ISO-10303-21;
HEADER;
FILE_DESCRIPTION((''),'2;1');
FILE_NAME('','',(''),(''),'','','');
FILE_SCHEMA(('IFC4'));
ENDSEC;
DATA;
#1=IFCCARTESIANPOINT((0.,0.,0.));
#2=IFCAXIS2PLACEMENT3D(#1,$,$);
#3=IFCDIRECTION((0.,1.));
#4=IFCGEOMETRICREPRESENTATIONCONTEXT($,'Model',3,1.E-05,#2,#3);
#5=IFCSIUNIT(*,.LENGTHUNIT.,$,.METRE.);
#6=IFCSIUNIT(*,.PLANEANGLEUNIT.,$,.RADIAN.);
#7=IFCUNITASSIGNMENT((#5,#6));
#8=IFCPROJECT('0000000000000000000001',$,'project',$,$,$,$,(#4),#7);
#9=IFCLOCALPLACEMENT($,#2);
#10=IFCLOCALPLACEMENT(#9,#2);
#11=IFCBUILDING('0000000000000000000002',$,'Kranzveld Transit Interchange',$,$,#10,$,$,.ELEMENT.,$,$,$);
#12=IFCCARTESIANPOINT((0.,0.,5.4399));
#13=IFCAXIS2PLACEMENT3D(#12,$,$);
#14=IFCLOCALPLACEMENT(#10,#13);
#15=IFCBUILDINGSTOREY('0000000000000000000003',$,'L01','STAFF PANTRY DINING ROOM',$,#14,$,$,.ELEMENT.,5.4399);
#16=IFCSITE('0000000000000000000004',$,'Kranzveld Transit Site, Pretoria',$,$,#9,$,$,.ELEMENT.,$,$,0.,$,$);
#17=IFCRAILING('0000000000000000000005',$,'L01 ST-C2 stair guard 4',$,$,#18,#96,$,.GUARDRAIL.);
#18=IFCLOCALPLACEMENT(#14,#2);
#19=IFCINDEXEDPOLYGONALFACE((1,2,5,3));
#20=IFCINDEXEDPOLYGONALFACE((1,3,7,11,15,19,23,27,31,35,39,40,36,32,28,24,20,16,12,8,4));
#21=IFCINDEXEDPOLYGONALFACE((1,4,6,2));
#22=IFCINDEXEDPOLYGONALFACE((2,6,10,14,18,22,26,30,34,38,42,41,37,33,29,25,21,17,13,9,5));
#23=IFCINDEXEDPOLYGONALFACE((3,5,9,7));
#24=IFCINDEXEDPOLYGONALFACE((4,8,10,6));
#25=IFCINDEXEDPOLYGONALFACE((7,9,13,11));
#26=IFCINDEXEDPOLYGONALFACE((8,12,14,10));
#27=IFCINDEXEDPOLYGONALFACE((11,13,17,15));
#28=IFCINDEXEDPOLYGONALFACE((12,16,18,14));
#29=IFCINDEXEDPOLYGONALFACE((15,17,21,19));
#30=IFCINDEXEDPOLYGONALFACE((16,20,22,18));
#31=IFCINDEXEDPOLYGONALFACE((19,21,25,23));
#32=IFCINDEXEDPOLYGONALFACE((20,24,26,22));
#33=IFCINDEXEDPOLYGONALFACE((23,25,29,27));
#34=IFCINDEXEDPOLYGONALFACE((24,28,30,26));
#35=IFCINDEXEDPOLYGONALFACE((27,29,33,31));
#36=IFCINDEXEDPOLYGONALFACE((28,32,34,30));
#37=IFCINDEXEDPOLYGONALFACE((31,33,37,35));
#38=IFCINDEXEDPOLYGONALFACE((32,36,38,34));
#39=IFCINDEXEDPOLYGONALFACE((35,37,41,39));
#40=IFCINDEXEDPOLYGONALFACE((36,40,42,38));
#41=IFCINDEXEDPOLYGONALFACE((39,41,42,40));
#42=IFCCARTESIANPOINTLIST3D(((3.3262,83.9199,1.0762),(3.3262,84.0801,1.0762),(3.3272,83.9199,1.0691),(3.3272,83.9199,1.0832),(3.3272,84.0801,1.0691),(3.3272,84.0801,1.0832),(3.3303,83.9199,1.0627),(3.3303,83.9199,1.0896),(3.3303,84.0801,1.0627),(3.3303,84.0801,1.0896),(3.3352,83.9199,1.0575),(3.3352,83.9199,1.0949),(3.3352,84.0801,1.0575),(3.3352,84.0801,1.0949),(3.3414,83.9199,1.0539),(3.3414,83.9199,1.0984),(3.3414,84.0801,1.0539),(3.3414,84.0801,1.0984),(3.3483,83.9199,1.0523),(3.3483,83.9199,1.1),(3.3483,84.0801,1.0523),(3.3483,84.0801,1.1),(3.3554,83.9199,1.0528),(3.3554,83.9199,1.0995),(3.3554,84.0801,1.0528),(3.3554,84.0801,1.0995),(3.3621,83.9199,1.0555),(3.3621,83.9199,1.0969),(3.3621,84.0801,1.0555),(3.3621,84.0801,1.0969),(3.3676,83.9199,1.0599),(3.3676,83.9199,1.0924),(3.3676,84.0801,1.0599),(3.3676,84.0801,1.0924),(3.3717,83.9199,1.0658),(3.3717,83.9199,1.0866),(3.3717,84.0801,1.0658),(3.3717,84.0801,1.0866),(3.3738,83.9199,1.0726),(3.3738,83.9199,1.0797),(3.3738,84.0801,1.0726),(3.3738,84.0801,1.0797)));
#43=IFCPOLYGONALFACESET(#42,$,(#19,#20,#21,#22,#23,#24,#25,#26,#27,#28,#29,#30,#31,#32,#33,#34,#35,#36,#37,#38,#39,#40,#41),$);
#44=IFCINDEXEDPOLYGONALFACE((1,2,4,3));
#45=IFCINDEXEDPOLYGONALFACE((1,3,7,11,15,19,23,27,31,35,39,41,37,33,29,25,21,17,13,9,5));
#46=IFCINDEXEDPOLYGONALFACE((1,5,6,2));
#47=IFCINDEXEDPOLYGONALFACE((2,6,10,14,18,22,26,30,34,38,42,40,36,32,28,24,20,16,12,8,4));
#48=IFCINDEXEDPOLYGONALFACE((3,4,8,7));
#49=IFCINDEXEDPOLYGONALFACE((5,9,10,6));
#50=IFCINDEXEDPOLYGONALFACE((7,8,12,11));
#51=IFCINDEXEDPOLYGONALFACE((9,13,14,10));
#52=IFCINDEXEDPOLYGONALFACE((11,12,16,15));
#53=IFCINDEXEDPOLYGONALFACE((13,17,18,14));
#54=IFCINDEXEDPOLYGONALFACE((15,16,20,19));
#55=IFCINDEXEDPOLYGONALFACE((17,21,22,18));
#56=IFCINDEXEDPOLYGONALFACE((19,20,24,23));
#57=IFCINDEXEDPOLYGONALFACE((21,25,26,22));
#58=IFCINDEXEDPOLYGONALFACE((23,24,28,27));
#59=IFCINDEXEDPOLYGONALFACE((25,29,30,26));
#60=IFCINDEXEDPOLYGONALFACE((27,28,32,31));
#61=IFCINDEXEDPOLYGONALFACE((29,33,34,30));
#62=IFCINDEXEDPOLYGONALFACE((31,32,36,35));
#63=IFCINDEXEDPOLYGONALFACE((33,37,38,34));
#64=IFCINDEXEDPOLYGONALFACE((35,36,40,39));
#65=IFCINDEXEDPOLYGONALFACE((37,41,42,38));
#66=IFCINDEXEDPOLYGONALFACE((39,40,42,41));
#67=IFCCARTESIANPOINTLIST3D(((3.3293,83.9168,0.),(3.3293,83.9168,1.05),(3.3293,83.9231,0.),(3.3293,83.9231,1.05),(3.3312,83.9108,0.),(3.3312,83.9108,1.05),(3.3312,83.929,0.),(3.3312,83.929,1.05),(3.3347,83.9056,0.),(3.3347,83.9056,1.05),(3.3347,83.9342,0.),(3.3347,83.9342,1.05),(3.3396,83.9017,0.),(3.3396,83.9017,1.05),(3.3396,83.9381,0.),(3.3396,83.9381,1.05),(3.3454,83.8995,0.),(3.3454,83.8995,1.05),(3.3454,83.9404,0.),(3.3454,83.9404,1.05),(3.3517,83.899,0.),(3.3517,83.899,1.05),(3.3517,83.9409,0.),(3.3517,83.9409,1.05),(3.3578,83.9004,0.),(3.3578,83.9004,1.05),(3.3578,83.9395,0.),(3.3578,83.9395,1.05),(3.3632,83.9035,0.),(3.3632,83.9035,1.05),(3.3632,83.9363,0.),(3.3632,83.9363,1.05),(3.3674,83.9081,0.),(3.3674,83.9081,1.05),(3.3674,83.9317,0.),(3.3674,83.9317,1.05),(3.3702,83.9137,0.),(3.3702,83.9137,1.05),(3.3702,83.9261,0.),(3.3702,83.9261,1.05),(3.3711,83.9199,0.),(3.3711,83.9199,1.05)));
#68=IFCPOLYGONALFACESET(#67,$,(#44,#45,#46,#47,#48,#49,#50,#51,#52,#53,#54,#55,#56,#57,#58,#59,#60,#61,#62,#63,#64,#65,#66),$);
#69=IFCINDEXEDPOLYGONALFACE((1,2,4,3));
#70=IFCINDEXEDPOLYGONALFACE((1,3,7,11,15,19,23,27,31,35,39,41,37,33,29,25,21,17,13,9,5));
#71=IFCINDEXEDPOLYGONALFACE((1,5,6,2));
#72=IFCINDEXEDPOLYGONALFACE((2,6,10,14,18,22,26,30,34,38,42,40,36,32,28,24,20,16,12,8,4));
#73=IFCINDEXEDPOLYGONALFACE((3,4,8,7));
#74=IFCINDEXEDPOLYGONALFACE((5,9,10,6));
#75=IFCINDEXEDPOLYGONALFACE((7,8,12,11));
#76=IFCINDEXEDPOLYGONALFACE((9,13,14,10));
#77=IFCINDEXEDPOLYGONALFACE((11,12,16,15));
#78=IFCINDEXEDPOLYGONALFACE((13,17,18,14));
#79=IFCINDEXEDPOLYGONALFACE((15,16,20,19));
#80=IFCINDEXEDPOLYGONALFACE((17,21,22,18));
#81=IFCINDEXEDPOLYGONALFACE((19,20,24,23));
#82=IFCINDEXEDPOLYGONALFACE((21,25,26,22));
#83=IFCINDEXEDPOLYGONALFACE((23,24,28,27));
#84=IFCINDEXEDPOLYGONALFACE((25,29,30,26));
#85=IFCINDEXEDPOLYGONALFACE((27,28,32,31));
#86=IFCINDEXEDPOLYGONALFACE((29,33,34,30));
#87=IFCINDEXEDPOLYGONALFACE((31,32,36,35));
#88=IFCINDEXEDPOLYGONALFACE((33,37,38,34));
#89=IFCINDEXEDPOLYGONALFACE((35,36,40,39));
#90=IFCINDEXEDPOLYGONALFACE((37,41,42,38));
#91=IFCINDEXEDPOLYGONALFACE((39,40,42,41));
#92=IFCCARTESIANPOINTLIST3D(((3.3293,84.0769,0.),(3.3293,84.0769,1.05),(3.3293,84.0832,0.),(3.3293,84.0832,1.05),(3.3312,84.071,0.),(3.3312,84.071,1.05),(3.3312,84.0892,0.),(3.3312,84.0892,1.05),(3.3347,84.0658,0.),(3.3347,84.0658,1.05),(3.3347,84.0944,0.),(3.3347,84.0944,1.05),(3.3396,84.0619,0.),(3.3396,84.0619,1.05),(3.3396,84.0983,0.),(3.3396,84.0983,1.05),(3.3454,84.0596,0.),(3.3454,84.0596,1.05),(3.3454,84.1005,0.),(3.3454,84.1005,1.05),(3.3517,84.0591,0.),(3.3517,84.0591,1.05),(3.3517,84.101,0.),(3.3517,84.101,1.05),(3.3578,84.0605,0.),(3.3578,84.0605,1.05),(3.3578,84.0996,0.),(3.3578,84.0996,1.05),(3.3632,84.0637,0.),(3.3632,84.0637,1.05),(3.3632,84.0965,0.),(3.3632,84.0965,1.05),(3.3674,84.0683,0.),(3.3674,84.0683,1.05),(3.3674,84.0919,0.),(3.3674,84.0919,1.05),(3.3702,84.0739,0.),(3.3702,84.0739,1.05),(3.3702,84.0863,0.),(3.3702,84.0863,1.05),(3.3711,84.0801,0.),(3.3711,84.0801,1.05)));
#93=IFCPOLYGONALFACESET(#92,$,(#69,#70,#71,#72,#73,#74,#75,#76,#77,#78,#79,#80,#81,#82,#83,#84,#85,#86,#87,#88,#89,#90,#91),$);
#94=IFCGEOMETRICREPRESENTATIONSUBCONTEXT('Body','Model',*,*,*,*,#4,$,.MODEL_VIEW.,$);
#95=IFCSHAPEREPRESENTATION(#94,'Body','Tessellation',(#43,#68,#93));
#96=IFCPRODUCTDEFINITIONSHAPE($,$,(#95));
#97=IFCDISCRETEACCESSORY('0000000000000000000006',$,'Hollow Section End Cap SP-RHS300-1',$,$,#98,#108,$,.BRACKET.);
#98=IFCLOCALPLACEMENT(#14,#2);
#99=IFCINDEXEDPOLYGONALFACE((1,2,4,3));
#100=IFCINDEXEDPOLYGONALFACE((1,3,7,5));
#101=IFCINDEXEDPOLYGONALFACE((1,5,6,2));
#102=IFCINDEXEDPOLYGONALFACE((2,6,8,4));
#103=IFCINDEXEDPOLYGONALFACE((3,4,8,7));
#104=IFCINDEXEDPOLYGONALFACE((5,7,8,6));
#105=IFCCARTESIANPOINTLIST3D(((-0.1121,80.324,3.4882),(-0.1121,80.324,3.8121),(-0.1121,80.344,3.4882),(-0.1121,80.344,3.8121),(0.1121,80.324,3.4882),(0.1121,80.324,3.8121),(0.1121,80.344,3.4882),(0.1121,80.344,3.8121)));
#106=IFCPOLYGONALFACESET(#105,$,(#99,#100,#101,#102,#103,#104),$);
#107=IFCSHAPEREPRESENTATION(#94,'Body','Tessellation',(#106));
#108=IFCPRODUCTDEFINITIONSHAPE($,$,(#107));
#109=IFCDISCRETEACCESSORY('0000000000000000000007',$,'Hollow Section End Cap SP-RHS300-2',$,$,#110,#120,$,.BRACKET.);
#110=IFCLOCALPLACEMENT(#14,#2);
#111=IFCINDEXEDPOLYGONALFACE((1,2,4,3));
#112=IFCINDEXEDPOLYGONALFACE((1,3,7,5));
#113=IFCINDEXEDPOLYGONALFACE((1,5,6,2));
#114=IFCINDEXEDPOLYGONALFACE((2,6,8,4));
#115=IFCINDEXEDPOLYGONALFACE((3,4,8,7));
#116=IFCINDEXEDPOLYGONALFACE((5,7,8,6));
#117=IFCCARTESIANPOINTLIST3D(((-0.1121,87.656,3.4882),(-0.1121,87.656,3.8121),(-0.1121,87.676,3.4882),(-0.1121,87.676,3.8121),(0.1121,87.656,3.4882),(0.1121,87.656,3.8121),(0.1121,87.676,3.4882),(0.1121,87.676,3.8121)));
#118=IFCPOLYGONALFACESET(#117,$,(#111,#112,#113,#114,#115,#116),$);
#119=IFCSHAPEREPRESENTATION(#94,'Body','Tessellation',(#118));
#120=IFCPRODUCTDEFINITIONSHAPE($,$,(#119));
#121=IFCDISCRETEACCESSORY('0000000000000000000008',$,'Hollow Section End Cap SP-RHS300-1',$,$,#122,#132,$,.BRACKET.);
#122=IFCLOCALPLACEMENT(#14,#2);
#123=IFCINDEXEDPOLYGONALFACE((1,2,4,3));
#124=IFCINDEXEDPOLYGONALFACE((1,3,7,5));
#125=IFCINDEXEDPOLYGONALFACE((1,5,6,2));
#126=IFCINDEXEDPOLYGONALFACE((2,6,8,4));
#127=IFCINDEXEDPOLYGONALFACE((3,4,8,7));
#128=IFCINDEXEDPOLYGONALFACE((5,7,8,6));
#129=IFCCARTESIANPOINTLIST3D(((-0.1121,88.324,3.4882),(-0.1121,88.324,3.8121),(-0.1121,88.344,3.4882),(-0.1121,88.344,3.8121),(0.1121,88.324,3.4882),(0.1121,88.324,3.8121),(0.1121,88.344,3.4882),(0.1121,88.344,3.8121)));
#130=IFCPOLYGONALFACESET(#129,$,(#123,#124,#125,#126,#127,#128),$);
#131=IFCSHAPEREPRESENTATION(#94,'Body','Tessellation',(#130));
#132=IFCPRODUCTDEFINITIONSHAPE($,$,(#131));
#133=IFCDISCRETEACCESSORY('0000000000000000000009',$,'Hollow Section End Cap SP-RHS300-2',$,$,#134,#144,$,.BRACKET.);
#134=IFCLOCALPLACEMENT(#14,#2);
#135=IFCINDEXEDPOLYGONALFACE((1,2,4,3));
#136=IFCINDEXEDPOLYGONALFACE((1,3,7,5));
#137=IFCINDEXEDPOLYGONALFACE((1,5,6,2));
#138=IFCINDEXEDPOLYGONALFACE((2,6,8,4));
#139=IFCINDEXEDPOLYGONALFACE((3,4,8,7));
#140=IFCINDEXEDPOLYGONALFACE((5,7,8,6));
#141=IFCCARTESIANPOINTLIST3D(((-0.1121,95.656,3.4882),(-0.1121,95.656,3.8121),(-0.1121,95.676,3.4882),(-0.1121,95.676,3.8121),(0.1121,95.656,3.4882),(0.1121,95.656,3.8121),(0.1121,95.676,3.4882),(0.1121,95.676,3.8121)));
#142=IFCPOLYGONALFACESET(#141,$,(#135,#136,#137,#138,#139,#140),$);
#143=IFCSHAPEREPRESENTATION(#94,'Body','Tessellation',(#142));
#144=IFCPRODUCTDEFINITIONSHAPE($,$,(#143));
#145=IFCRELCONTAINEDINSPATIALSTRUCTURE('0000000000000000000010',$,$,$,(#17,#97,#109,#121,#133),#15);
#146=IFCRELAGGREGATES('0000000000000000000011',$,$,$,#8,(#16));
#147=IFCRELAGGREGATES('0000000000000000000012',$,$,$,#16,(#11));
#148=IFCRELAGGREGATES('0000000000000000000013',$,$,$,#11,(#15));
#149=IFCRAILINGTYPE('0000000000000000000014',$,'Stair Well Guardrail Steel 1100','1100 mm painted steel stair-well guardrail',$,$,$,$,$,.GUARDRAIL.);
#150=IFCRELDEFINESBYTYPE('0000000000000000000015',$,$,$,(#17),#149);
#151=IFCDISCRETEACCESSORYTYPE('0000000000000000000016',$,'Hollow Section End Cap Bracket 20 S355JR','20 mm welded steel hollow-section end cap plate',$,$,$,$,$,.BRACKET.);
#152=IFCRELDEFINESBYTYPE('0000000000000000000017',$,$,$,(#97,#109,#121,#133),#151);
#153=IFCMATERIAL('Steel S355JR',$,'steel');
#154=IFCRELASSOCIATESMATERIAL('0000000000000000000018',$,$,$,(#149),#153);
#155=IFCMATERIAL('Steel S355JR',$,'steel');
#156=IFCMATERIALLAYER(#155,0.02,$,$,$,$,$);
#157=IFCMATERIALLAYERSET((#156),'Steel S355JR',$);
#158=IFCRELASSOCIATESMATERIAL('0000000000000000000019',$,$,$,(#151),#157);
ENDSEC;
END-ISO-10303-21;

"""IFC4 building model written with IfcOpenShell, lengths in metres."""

from ifc_helpers import new_model, si_unit, direction, frame, origin, origin_2d, place, context, subcontext, project, spatial, rectangle, circle, extrude, material, layer, layer_set, type_object, element, save


model = new_model("IFC4")

# Units and contexts
model_context = context("Model", 3, precision=1e-05, world=origin(), true_north=direction((0.0, 1.0)))
body_context = subcontext(model_context, "Body", "Model", "MODEL_VIEW")
ifc_project = project(units=[si_unit("LENGTHUNIT", "METRE"), si_unit("PLANEANGLEUNIT", "RADIAN")], contexts=[model_context])

# Site, building, storey
site_placement = place(None, origin())
site = spatial("IfcSite", under=ifc_project, at=site_placement, Name="Kranzveld Transit Site, Pretoria", CompositionType="ELEMENT", RefElevation=0.0)
building_placement = place(site_placement, origin())
building = spatial("IfcBuilding", under=site, at=building_placement, Name="Kranzveld Transit Interchange", CompositionType="ELEMENT")
storey_placement = place(building_placement, frame((0.0, 0.0, 5.4399)))
storey = spatial("IfcBuildingStorey", under=building, at=storey_placement, Name="L01", Description="STAFF PANTRY DINING ROOM", CompositionType="ELEMENT", Elevation=5.4399)

# Railing
ifc_material_1 = material(Name="Steel S355JR", Category="steel")
railing_type_1 = type_object("IfcRailingType", Name="Stair Well Guardrail Steel 1100", Description="1100 mm painted steel stair-well guardrail", PredefinedType="GUARDRAIL", material=ifc_material_1)
railing_1_placement = place(storey_placement, frame((3.3501, 83.9199, 0.0)))
element("IfcRailing", 1, at=railing_1_placement, inside=storey, type_object=railing_type_1, Name="L01 ST-C2 stair guard 4", PredefinedType="GUARDRAIL", context=body_context, shape_type="SweptSolid", body=[
    extrude(circle(Radius=0.0239, at=origin_2d()), frame((0.0, 0.0, 1.0762), z_axis=(0.0, 1.0, 0.0), x_axis=(-1.0, 0.0, 0.0)), (0.0, 0.0, 1.0), 0.1602),
    extrude(circle(Radius=0.021, at=origin_2d()), origin(), (0.0, 0.0, 1.0), 1.05),
    extrude(circle(Radius=0.021, at=origin_2d()), frame((0.0, 0.1602, 0.0)), (0.0, 0.0, 1.0), 1.05),
])

# Discrete accessories
ifc_material_2 = material(Name="Steel S355JR", Category="steel")
ifc_layer_1 = layer(ifc_material_2, 0.02)
ifc_layer_set_1 = layer_set([ifc_layer_1], Name="Steel S355JR")
discrete_accessory_type = type_object("IfcDiscreteAccessoryType", Name="Hollow Section End Cap Bracket 20 S355JR", Description="20 mm welded steel hollow-section end cap plate", PredefinedType="BRACKET", material=ifc_layer_set_1)
for number, where, z_axis, x_axis, name in (
    (2, (0.0, 80.344, 3.6501), (0.0, -1.0, 0.0), (1.0, 0.0, 0.0), "Hollow Section End Cap SP-RHS300-1"),
    (3, (0.0, 87.656, 3.6501), (0.0, 1.0, 0.0), (-1.0, 0.0, 0.0), "Hollow Section End Cap SP-RHS300-2"),
    (4, (0.0, 88.344, 3.6501), (0.0, -1.0, 0.0), (1.0, 0.0, 0.0), "Hollow Section End Cap SP-RHS300-1"),
    (5, (0.0, 95.656, 3.6501), (0.0, 1.0, 0.0), (-1.0, 0.0, 0.0), "Hollow Section End Cap SP-RHS300-2"),
):
    element("IfcDiscreteAccessory", number, at=place(storey_placement, frame(where, z_axis=z_axis, x_axis=x_axis)), inside=storey, type_object=discrete_accessory_type, Name=name, PredefinedType="BRACKET", context=body_context, shape_type="SweptSolid", body=[
        extrude(rectangle(XDim=0.2241, YDim=0.324, at=origin_2d()), origin(), (0.0, 0.0, 1.0), 0.02),
    ])

save(model, "model.ifc")
